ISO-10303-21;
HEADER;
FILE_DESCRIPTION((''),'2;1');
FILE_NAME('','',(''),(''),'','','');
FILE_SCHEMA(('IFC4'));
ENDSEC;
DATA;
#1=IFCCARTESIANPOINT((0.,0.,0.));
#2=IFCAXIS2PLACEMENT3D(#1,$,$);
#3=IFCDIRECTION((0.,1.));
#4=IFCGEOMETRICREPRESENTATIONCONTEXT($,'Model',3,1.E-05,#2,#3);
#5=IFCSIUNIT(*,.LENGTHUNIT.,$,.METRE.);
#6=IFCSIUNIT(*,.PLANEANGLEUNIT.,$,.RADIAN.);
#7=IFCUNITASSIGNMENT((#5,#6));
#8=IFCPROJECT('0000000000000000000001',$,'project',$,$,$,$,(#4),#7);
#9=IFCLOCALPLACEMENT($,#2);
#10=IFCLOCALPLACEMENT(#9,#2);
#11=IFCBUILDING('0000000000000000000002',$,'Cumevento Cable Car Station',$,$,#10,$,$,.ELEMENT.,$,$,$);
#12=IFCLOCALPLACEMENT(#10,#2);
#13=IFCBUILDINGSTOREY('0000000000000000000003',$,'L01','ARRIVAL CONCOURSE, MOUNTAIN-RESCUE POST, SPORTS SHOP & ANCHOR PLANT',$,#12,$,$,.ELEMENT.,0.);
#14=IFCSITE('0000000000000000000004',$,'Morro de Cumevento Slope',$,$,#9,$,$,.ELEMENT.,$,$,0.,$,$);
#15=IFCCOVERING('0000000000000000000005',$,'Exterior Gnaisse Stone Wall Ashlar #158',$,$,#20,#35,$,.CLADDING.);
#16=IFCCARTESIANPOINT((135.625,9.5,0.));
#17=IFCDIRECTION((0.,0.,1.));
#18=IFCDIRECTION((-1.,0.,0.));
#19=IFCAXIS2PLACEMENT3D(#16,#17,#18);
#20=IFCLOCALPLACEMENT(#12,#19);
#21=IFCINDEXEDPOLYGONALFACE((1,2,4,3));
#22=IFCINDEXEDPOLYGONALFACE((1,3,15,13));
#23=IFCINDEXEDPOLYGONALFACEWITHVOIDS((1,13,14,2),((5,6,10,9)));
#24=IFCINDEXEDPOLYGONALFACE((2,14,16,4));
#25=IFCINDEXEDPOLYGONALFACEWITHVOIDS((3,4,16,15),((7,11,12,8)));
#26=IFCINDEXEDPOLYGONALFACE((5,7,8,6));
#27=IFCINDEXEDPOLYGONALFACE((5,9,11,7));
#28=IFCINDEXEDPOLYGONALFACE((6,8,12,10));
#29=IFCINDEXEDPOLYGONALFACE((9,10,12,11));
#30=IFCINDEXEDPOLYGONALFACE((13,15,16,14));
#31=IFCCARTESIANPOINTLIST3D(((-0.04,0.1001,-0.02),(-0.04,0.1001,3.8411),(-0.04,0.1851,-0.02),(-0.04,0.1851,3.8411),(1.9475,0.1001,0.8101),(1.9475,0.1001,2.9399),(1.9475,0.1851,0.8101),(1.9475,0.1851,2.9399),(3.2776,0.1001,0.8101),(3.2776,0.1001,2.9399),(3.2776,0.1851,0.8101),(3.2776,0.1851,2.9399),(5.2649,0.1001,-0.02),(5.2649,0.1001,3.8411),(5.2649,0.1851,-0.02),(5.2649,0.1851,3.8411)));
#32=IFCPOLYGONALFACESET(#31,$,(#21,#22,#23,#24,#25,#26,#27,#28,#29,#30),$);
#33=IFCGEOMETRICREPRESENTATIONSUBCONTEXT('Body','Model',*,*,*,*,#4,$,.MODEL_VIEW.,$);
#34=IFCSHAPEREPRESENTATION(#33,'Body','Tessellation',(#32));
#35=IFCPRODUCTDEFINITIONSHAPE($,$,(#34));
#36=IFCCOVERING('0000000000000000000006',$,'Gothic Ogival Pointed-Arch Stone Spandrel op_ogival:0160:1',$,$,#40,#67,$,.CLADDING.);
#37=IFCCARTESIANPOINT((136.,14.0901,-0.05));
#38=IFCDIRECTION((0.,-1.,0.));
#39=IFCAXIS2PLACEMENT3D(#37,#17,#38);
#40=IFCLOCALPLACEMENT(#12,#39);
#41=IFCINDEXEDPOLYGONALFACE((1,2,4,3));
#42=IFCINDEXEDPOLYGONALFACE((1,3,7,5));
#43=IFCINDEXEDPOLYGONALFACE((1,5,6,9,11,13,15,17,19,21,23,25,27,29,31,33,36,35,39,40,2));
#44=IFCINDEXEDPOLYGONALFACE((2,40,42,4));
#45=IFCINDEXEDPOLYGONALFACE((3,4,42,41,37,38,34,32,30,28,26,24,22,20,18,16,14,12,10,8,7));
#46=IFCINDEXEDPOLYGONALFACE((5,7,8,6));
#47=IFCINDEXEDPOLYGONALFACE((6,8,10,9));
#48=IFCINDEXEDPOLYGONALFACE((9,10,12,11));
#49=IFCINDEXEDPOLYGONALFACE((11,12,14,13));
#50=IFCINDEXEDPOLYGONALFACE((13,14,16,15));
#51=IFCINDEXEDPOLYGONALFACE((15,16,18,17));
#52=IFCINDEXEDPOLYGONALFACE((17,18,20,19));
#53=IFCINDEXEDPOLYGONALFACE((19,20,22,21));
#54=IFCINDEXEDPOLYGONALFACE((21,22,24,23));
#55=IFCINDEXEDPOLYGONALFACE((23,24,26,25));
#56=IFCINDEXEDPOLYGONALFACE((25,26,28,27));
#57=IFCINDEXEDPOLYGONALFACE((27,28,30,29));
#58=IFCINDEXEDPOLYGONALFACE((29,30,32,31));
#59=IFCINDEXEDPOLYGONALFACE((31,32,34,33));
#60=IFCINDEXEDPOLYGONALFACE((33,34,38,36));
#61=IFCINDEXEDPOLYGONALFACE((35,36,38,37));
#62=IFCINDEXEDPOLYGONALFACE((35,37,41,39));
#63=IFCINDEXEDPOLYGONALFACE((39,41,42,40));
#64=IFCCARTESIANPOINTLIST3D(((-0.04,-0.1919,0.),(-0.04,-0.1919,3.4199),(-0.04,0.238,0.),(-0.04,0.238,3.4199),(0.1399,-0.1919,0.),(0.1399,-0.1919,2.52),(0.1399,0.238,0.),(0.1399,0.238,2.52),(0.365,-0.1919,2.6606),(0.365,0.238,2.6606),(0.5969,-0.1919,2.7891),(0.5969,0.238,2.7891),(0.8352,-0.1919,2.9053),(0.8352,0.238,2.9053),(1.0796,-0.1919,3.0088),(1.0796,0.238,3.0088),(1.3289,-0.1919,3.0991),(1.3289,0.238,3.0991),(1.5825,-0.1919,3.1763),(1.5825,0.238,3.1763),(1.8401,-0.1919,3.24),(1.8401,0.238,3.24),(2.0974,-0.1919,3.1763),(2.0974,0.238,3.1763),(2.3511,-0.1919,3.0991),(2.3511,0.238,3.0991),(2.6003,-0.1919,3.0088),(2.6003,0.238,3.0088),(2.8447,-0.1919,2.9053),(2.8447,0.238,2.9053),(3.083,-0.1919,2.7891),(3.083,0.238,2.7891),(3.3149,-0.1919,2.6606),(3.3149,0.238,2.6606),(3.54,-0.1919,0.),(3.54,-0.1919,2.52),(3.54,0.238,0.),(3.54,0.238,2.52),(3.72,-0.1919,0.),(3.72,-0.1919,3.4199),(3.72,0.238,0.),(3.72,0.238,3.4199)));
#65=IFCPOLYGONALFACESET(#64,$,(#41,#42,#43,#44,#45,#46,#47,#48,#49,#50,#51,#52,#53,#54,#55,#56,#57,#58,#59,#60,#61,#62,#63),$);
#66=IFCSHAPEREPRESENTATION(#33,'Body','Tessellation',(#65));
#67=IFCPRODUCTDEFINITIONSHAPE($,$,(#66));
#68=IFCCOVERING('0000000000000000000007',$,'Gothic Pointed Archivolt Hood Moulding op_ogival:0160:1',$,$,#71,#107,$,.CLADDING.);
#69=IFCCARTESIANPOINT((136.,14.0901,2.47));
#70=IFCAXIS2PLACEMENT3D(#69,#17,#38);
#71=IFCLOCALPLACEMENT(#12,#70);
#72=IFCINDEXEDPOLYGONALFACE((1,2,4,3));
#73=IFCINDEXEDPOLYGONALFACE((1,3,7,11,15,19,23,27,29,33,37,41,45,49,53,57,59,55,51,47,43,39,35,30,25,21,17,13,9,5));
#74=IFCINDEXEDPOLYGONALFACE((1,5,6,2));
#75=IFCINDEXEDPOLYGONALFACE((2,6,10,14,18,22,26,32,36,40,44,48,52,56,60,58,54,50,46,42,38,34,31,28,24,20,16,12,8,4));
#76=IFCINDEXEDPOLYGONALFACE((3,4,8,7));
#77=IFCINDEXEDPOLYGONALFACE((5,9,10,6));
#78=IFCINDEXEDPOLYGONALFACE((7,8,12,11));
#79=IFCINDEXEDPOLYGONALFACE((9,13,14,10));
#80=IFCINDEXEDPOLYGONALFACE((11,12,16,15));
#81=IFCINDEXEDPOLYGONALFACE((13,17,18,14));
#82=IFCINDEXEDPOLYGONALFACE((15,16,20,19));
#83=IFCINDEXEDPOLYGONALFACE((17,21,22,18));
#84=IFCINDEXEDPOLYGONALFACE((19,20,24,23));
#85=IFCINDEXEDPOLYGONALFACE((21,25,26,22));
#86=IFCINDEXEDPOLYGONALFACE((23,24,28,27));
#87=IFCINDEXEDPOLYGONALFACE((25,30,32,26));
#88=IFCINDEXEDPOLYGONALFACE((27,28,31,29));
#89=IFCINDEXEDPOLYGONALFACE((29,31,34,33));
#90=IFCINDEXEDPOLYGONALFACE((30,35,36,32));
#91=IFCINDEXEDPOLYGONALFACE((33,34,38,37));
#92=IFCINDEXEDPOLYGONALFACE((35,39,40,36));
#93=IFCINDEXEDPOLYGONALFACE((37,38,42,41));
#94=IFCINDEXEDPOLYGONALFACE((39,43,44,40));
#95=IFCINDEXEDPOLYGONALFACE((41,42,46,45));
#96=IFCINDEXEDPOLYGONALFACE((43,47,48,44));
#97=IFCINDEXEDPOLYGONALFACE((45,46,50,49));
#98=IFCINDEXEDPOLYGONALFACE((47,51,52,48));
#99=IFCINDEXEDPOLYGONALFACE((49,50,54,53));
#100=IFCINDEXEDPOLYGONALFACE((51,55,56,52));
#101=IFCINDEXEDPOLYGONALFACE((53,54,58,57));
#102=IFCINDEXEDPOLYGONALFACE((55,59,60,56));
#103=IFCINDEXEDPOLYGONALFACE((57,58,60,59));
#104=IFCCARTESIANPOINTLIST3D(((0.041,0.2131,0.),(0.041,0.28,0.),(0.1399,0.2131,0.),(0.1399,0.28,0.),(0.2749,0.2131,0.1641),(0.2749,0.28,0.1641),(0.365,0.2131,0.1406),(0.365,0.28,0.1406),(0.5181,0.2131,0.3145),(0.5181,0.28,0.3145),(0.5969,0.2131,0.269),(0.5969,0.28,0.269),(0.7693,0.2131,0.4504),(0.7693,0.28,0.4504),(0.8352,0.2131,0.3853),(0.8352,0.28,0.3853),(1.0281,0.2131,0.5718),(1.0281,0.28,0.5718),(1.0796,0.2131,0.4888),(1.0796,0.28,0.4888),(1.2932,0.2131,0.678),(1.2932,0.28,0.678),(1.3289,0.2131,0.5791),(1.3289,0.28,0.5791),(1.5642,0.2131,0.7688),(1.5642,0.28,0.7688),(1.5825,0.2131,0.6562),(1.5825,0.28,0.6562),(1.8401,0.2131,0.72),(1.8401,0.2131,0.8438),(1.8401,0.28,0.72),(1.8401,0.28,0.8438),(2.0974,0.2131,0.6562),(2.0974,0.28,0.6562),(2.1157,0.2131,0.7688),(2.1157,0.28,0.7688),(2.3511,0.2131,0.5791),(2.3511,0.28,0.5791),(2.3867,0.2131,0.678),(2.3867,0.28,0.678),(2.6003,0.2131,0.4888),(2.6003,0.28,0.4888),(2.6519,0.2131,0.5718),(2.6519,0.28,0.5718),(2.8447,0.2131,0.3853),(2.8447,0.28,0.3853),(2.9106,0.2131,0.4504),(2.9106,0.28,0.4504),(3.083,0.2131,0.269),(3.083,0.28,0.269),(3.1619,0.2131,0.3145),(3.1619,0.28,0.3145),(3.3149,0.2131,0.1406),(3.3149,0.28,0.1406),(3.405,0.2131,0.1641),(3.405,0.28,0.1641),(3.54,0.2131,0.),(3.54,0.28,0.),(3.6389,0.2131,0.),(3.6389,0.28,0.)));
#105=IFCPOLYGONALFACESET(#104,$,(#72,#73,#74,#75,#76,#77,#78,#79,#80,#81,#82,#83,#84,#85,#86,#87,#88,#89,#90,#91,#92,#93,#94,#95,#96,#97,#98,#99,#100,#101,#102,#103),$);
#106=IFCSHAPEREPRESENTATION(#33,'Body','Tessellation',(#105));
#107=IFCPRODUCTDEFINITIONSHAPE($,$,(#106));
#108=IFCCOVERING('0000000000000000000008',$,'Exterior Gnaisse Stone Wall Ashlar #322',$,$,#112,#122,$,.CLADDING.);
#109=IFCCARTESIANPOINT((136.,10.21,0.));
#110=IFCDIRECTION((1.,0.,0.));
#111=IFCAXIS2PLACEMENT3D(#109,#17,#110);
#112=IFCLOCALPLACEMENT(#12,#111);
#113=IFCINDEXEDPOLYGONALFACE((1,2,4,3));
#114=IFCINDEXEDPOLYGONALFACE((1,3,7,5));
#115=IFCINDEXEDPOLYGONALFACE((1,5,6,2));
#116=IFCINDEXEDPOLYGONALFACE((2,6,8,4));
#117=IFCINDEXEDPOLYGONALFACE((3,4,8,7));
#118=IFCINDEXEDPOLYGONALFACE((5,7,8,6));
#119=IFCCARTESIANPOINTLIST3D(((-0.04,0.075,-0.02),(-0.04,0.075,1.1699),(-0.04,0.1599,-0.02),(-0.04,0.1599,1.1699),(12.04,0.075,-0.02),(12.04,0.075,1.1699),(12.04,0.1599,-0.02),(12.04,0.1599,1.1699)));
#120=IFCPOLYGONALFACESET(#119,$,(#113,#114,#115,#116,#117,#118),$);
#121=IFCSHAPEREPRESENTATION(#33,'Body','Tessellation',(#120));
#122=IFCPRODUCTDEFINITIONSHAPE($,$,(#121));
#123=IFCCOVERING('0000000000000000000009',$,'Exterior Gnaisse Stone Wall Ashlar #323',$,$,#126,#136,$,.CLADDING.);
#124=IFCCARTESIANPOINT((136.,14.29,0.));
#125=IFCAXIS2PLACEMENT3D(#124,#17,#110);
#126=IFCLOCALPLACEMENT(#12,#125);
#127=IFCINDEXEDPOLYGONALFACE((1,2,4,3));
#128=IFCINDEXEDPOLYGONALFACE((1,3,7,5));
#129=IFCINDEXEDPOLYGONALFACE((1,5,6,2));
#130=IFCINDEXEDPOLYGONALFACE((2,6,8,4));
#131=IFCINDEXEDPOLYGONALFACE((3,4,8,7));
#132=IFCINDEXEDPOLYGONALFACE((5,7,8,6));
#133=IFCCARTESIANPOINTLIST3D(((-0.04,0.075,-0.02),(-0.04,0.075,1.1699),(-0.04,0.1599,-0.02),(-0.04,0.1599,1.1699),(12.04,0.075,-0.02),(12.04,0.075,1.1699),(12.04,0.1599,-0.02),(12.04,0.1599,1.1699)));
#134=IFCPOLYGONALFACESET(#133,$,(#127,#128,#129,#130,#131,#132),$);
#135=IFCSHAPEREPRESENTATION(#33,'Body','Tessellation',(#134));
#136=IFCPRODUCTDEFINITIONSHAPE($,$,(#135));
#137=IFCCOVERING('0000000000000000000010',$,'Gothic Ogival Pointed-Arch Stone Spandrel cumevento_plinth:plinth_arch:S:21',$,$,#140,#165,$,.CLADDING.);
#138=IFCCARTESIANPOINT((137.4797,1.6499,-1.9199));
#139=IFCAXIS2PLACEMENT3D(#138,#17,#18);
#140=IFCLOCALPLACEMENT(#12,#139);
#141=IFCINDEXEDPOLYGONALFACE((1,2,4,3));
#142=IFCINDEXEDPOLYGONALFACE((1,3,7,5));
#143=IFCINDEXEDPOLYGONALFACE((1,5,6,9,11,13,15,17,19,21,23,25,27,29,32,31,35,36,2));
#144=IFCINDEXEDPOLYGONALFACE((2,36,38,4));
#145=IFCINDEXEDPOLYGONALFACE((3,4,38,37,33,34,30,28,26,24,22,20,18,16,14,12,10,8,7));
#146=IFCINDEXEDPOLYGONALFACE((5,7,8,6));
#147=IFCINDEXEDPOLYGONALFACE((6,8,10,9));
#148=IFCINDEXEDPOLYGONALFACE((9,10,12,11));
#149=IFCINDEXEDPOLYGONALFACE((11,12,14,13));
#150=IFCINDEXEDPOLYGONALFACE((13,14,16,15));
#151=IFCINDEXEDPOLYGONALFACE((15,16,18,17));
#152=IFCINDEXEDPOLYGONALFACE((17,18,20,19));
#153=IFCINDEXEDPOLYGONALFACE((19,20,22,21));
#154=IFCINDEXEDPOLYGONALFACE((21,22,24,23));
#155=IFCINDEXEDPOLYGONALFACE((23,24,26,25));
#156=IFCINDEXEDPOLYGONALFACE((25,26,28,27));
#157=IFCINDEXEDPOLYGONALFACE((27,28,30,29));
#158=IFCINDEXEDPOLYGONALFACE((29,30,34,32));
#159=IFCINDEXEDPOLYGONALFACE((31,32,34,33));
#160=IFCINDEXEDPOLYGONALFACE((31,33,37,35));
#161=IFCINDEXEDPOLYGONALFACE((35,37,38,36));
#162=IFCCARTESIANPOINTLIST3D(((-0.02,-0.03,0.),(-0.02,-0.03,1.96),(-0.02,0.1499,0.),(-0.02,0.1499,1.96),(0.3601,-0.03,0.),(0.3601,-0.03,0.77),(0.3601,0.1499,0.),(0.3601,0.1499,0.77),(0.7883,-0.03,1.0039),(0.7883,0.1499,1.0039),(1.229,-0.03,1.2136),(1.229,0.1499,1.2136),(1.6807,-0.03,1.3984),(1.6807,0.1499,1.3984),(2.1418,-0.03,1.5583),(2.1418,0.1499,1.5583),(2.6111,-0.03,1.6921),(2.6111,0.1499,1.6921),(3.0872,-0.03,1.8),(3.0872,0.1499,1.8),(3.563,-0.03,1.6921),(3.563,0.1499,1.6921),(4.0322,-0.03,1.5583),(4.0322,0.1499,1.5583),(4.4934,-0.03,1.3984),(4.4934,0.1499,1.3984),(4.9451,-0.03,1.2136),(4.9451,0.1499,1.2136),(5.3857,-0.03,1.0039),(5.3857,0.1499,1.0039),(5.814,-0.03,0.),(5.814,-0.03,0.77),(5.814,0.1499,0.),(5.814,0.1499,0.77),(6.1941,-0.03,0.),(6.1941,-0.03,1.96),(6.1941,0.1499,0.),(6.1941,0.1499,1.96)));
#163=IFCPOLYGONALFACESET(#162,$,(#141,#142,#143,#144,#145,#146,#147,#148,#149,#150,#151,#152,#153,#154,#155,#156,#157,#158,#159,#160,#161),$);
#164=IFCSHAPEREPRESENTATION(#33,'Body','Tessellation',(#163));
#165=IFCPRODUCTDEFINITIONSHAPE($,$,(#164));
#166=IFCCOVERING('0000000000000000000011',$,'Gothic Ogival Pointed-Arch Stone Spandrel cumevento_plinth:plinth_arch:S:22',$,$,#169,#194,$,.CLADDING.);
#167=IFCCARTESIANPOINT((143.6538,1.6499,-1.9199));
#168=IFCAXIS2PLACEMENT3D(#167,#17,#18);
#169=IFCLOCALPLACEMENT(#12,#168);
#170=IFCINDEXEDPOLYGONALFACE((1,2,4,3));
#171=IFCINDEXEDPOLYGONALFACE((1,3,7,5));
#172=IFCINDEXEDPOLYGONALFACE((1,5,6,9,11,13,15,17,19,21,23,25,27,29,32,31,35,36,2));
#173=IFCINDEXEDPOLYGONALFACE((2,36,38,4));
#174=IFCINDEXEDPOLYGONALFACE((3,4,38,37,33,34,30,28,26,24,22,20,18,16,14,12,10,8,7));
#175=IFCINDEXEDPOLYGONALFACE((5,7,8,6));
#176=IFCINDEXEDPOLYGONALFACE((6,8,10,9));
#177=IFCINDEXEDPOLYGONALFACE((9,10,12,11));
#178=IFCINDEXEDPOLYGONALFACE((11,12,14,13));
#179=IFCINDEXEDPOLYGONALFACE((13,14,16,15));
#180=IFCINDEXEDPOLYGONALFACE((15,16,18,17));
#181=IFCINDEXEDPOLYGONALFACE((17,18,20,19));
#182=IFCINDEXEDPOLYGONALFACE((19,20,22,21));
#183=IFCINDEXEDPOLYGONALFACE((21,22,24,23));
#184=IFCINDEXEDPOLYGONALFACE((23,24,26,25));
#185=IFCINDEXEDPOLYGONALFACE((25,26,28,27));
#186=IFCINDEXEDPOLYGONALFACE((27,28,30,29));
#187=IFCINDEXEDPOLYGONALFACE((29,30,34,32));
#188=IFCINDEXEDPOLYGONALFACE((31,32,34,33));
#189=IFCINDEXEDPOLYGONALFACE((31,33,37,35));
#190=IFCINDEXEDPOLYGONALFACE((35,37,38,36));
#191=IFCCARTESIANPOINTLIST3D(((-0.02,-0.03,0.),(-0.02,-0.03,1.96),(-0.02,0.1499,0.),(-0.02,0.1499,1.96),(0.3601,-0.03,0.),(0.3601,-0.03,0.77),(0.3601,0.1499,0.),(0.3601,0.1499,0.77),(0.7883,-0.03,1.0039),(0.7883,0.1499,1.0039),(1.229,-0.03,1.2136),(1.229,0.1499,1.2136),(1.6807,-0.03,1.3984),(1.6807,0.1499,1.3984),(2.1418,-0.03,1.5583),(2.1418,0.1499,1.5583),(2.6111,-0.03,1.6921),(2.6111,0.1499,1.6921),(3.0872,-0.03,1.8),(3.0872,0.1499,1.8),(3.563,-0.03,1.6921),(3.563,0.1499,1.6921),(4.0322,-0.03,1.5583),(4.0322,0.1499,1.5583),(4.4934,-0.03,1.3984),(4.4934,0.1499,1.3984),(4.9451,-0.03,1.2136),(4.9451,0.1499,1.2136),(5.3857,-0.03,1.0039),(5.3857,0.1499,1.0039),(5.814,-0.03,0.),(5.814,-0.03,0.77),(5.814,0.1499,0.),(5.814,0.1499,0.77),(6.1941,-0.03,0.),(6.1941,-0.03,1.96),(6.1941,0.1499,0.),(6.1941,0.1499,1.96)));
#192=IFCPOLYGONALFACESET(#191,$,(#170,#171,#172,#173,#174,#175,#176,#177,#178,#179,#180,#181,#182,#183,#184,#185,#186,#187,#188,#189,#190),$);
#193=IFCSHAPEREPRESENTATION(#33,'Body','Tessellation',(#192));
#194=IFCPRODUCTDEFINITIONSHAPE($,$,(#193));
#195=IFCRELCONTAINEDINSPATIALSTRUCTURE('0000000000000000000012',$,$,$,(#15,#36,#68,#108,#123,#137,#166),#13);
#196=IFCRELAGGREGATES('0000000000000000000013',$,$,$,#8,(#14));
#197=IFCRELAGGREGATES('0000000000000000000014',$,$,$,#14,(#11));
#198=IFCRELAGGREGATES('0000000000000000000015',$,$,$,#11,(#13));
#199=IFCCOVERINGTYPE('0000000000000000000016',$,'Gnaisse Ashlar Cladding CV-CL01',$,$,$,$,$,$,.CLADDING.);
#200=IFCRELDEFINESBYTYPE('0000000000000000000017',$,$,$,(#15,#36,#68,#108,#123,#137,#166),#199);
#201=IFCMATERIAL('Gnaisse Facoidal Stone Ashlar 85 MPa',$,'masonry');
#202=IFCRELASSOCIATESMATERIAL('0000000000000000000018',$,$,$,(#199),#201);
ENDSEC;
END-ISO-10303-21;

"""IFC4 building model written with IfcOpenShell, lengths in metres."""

from ifc_helpers import new_model, si_unit, direction, frame, origin, place, context, subcontext, project, spatial, polyline, outline, extrude, material, type_object, element, save


model = new_model("IFC4")

# Units and contexts
model_context = context("Model", 3, precision=1e-05, world=origin(), true_north=direction((0.0, 1.0)))
body_context = subcontext(model_context, "Body", "Model", "MODEL_VIEW")
ifc_project = project(units=[si_unit("LENGTHUNIT", "METRE"), si_unit("PLANEANGLEUNIT", "RADIAN")], contexts=[model_context])

# Site, building, storey
site_placement = place(None, origin())
site = spatial("IfcSite", under=ifc_project, at=site_placement, Name="Morro de Cumevento Slope", CompositionType="ELEMENT", RefElevation=0.0)
building_placement = place(site_placement, origin())
building = spatial("IfcBuilding", under=site, at=building_placement, Name="Cumevento Cable Car Station", CompositionType="ELEMENT")
storey_placement = place(building_placement, origin())
storey = spatial("IfcBuildingStorey", under=building, at=storey_placement, Name="L01", Description="ARRIVAL CONCOURSE, MOUNTAIN-RESCUE POST, SPORTS SHOP & ANCHOR PLANT", CompositionType="ELEMENT", Elevation=0.0)

# Coverings
ifc_material_1 = material(Name="Gnaisse Facoidal Stone Ashlar 85 MPa", Category="masonry")
covering_type = type_object("IfcCoveringType", Name="Gnaisse Ashlar Cladding CV-CL01", PredefinedType="CLADDING", material=ifc_material_1)
covering_1_placement = place(storey_placement, frame((135.625, 9.5, 0.0), z_axis=(0.0, 0.0, 1.0), x_axis=(-1.0, 0.0, 0.0)))
element("IfcCovering", 1, at=covering_1_placement, inside=storey, type_object=covering_type, Name="Exterior Gnaisse Stone Wall Ashlar #158", PredefinedType="CLADDING", context=body_context, shape_type="SweptSolid", body=[
    extrude(outline(polyline([(-0.04, -0.02), (5.2649, -0.02), (5.2649, 3.8411), (-0.04, 3.8411), (-0.04, -0.02)]), holes=[polyline([(1.9475, 0.8101), (3.2776, 0.8101), (3.2776, 2.9399), (1.9475, 2.9399), (1.9475, 0.8101)])]), frame((0.0, 0.1851, 0.0), z_axis=(0.0, -1.0, 0.0), x_axis=(1.0, 0.0, 0.0)), (0.0, 0.0, 1.0), 0.085),
])
covering_2_placement = place(storey_placement, frame((136.0, 14.0901, -0.05), z_axis=(0.0, 0.0, 1.0), x_axis=(0.0, -1.0, 0.0)))
element("IfcCovering", 2, at=covering_2_placement, inside=storey, type_object=covering_type, Name="Gothic Ogival Pointed-Arch Stone Spandrel op_ogival:0160:1", PredefinedType="CLADDING", context=body_context, shape_type="SweptSolid", body=[
    extrude(outline(polyline([(-0.04, 0.0), (-0.04, 3.4199), (3.72, 3.4199), (3.72, 0.0), (3.54, 0.0), (3.54, 2.52), (3.3149, 2.6606), (3.083, 2.7891), (2.8447, 2.9053), (2.6003, 3.0088), (2.3511, 3.0991), (2.0974, 3.1763), (1.8401, 3.24), (1.5825, 3.1763), (1.3289, 3.0991), (1.0796, 3.0088), (0.8352, 2.9053), (0.5969, 2.7891), (0.365, 2.6606), (0.1399, 2.52), (0.1399, 0.0), (-0.04, 0.0)])), frame((0.0, 0.238, 0.0), z_axis=(0.0, -1.0, 0.0), x_axis=(1.0, 0.0, 0.0)), (0.0, 0.0, 1.0), 0.4299),
])
covering_3_placement = place(storey_placement, frame((136.0, 14.0901, 2.47), z_axis=(0.0, 0.0, 1.0), x_axis=(0.0, -1.0, 0.0)))
element("IfcCovering", 3, at=covering_3_placement, inside=storey, type_object=covering_type, Name="Gothic Pointed Archivolt Hood Moulding op_ogival:0160:1", PredefinedType="CLADDING", context=body_context, shape_type="SweptSolid", body=[
    extrude(outline(polyline([(0.1399, 0.0), (0.365, 0.1406), (0.5969, 0.269), (0.8352, 0.3853), (1.0796, 0.4888), (1.3289, 0.5791), (1.5825, 0.6562), (1.8401, 0.72), (2.0974, 0.6562), (2.3511, 0.5791), (2.6003, 0.4888), (2.8447, 0.3853), (3.083, 0.269), (3.3149, 0.1406), (3.54, 0.0), (3.6389, 0.0), (3.405, 0.1641), (3.1619, 0.3145), (2.9106, 0.4504), (2.6519, 0.5718), (2.3867, 0.678), (2.1157, 0.7688), (1.8401, 0.8438), (1.5642, 0.7688), (1.2932, 0.678), (1.0281, 0.5718), (0.7693, 0.4504), (0.5181, 0.3145), (0.2749, 0.1641), (0.041, 0.0), (0.1399, 0.0)])), frame((0.0, 0.28, 0.0), z_axis=(0.0, -1.0, 0.0), x_axis=(1.0, 0.0, 0.0)), (0.0, 0.0, 1.0), 0.0669),
])
for number, where, z_axis, x_axis, name in (
    (4, (136.0, 10.21, 0.0), (0.0, 0.0, 1.0), (1.0, 0.0, 0.0), "Exterior Gnaisse Stone Wall Ashlar #322"),
    (5, (136.0, 14.29, 0.0), (0.0, 0.0, 1.0), (1.0, 0.0, 0.0), "Exterior Gnaisse Stone Wall Ashlar #323"),
):
    element("IfcCovering", number, at=place(storey_placement, frame(where, z_axis=z_axis, x_axis=x_axis)), inside=storey, type_object=covering_type, Name=name, PredefinedType="CLADDING", context=body_context, shape_type="SweptSolid", body=[
        extrude(outline(polyline([(-0.04, -0.02), (12.04, -0.02), (12.04, 1.1699), (-0.04, 1.1699), (-0.04, -0.02)])), frame((0.0, 0.1599, 0.0), z_axis=(0.0, -1.0, 0.0), x_axis=(1.0, 0.0, 0.0)), (0.0, 0.0, 1.0), 0.085),
    ])
for number, where, z_axis, x_axis, name in (
    (6, (137.4797, 1.6499, -1.9199), (0.0, 0.0, 1.0), (-1.0, 0.0, 0.0), "Gothic Ogival Pointed-Arch Stone Spandrel cumevento_plinth:plinth_arch:S:21"),
    (7, (143.6538, 1.6499, -1.9199), (0.0, 0.0, 1.0), (-1.0, 0.0, 0.0), "Gothic Ogival Pointed-Arch Stone Spandrel cumevento_plinth:plinth_arch:S:22"),
):
    element("IfcCovering", number, at=place(storey_placement, frame(where, z_axis=z_axis, x_axis=x_axis)), inside=storey, type_object=covering_type, Name=name, PredefinedType="CLADDING", context=body_context, shape_type="SweptSolid", body=[
        extrude(outline(polyline([(-0.02, 0.0), (-0.02, 1.96), (6.1941, 1.96), (6.1941, 0.0), (5.814, 0.0), (5.814, 0.77), (5.3857, 1.0039), (4.9451, 1.2136), (4.4934, 1.3984), (4.0322, 1.5583), (3.563, 1.6921), (3.0872, 1.8), (2.6111, 1.6921), (2.1418, 1.5583), (1.6807, 1.3984), (1.229, 1.2136), (0.7883, 1.0039), (0.3601, 0.77), (0.3601, 0.0), (-0.02, 0.0)])), frame((0.0, 0.1499, 0.0), z_axis=(0.0, -1.0, 0.0), x_axis=(1.0, 0.0, 0.0)), (0.0, 0.0, 1.0), 0.1799),
    ])

save(model, "model.ifc")
